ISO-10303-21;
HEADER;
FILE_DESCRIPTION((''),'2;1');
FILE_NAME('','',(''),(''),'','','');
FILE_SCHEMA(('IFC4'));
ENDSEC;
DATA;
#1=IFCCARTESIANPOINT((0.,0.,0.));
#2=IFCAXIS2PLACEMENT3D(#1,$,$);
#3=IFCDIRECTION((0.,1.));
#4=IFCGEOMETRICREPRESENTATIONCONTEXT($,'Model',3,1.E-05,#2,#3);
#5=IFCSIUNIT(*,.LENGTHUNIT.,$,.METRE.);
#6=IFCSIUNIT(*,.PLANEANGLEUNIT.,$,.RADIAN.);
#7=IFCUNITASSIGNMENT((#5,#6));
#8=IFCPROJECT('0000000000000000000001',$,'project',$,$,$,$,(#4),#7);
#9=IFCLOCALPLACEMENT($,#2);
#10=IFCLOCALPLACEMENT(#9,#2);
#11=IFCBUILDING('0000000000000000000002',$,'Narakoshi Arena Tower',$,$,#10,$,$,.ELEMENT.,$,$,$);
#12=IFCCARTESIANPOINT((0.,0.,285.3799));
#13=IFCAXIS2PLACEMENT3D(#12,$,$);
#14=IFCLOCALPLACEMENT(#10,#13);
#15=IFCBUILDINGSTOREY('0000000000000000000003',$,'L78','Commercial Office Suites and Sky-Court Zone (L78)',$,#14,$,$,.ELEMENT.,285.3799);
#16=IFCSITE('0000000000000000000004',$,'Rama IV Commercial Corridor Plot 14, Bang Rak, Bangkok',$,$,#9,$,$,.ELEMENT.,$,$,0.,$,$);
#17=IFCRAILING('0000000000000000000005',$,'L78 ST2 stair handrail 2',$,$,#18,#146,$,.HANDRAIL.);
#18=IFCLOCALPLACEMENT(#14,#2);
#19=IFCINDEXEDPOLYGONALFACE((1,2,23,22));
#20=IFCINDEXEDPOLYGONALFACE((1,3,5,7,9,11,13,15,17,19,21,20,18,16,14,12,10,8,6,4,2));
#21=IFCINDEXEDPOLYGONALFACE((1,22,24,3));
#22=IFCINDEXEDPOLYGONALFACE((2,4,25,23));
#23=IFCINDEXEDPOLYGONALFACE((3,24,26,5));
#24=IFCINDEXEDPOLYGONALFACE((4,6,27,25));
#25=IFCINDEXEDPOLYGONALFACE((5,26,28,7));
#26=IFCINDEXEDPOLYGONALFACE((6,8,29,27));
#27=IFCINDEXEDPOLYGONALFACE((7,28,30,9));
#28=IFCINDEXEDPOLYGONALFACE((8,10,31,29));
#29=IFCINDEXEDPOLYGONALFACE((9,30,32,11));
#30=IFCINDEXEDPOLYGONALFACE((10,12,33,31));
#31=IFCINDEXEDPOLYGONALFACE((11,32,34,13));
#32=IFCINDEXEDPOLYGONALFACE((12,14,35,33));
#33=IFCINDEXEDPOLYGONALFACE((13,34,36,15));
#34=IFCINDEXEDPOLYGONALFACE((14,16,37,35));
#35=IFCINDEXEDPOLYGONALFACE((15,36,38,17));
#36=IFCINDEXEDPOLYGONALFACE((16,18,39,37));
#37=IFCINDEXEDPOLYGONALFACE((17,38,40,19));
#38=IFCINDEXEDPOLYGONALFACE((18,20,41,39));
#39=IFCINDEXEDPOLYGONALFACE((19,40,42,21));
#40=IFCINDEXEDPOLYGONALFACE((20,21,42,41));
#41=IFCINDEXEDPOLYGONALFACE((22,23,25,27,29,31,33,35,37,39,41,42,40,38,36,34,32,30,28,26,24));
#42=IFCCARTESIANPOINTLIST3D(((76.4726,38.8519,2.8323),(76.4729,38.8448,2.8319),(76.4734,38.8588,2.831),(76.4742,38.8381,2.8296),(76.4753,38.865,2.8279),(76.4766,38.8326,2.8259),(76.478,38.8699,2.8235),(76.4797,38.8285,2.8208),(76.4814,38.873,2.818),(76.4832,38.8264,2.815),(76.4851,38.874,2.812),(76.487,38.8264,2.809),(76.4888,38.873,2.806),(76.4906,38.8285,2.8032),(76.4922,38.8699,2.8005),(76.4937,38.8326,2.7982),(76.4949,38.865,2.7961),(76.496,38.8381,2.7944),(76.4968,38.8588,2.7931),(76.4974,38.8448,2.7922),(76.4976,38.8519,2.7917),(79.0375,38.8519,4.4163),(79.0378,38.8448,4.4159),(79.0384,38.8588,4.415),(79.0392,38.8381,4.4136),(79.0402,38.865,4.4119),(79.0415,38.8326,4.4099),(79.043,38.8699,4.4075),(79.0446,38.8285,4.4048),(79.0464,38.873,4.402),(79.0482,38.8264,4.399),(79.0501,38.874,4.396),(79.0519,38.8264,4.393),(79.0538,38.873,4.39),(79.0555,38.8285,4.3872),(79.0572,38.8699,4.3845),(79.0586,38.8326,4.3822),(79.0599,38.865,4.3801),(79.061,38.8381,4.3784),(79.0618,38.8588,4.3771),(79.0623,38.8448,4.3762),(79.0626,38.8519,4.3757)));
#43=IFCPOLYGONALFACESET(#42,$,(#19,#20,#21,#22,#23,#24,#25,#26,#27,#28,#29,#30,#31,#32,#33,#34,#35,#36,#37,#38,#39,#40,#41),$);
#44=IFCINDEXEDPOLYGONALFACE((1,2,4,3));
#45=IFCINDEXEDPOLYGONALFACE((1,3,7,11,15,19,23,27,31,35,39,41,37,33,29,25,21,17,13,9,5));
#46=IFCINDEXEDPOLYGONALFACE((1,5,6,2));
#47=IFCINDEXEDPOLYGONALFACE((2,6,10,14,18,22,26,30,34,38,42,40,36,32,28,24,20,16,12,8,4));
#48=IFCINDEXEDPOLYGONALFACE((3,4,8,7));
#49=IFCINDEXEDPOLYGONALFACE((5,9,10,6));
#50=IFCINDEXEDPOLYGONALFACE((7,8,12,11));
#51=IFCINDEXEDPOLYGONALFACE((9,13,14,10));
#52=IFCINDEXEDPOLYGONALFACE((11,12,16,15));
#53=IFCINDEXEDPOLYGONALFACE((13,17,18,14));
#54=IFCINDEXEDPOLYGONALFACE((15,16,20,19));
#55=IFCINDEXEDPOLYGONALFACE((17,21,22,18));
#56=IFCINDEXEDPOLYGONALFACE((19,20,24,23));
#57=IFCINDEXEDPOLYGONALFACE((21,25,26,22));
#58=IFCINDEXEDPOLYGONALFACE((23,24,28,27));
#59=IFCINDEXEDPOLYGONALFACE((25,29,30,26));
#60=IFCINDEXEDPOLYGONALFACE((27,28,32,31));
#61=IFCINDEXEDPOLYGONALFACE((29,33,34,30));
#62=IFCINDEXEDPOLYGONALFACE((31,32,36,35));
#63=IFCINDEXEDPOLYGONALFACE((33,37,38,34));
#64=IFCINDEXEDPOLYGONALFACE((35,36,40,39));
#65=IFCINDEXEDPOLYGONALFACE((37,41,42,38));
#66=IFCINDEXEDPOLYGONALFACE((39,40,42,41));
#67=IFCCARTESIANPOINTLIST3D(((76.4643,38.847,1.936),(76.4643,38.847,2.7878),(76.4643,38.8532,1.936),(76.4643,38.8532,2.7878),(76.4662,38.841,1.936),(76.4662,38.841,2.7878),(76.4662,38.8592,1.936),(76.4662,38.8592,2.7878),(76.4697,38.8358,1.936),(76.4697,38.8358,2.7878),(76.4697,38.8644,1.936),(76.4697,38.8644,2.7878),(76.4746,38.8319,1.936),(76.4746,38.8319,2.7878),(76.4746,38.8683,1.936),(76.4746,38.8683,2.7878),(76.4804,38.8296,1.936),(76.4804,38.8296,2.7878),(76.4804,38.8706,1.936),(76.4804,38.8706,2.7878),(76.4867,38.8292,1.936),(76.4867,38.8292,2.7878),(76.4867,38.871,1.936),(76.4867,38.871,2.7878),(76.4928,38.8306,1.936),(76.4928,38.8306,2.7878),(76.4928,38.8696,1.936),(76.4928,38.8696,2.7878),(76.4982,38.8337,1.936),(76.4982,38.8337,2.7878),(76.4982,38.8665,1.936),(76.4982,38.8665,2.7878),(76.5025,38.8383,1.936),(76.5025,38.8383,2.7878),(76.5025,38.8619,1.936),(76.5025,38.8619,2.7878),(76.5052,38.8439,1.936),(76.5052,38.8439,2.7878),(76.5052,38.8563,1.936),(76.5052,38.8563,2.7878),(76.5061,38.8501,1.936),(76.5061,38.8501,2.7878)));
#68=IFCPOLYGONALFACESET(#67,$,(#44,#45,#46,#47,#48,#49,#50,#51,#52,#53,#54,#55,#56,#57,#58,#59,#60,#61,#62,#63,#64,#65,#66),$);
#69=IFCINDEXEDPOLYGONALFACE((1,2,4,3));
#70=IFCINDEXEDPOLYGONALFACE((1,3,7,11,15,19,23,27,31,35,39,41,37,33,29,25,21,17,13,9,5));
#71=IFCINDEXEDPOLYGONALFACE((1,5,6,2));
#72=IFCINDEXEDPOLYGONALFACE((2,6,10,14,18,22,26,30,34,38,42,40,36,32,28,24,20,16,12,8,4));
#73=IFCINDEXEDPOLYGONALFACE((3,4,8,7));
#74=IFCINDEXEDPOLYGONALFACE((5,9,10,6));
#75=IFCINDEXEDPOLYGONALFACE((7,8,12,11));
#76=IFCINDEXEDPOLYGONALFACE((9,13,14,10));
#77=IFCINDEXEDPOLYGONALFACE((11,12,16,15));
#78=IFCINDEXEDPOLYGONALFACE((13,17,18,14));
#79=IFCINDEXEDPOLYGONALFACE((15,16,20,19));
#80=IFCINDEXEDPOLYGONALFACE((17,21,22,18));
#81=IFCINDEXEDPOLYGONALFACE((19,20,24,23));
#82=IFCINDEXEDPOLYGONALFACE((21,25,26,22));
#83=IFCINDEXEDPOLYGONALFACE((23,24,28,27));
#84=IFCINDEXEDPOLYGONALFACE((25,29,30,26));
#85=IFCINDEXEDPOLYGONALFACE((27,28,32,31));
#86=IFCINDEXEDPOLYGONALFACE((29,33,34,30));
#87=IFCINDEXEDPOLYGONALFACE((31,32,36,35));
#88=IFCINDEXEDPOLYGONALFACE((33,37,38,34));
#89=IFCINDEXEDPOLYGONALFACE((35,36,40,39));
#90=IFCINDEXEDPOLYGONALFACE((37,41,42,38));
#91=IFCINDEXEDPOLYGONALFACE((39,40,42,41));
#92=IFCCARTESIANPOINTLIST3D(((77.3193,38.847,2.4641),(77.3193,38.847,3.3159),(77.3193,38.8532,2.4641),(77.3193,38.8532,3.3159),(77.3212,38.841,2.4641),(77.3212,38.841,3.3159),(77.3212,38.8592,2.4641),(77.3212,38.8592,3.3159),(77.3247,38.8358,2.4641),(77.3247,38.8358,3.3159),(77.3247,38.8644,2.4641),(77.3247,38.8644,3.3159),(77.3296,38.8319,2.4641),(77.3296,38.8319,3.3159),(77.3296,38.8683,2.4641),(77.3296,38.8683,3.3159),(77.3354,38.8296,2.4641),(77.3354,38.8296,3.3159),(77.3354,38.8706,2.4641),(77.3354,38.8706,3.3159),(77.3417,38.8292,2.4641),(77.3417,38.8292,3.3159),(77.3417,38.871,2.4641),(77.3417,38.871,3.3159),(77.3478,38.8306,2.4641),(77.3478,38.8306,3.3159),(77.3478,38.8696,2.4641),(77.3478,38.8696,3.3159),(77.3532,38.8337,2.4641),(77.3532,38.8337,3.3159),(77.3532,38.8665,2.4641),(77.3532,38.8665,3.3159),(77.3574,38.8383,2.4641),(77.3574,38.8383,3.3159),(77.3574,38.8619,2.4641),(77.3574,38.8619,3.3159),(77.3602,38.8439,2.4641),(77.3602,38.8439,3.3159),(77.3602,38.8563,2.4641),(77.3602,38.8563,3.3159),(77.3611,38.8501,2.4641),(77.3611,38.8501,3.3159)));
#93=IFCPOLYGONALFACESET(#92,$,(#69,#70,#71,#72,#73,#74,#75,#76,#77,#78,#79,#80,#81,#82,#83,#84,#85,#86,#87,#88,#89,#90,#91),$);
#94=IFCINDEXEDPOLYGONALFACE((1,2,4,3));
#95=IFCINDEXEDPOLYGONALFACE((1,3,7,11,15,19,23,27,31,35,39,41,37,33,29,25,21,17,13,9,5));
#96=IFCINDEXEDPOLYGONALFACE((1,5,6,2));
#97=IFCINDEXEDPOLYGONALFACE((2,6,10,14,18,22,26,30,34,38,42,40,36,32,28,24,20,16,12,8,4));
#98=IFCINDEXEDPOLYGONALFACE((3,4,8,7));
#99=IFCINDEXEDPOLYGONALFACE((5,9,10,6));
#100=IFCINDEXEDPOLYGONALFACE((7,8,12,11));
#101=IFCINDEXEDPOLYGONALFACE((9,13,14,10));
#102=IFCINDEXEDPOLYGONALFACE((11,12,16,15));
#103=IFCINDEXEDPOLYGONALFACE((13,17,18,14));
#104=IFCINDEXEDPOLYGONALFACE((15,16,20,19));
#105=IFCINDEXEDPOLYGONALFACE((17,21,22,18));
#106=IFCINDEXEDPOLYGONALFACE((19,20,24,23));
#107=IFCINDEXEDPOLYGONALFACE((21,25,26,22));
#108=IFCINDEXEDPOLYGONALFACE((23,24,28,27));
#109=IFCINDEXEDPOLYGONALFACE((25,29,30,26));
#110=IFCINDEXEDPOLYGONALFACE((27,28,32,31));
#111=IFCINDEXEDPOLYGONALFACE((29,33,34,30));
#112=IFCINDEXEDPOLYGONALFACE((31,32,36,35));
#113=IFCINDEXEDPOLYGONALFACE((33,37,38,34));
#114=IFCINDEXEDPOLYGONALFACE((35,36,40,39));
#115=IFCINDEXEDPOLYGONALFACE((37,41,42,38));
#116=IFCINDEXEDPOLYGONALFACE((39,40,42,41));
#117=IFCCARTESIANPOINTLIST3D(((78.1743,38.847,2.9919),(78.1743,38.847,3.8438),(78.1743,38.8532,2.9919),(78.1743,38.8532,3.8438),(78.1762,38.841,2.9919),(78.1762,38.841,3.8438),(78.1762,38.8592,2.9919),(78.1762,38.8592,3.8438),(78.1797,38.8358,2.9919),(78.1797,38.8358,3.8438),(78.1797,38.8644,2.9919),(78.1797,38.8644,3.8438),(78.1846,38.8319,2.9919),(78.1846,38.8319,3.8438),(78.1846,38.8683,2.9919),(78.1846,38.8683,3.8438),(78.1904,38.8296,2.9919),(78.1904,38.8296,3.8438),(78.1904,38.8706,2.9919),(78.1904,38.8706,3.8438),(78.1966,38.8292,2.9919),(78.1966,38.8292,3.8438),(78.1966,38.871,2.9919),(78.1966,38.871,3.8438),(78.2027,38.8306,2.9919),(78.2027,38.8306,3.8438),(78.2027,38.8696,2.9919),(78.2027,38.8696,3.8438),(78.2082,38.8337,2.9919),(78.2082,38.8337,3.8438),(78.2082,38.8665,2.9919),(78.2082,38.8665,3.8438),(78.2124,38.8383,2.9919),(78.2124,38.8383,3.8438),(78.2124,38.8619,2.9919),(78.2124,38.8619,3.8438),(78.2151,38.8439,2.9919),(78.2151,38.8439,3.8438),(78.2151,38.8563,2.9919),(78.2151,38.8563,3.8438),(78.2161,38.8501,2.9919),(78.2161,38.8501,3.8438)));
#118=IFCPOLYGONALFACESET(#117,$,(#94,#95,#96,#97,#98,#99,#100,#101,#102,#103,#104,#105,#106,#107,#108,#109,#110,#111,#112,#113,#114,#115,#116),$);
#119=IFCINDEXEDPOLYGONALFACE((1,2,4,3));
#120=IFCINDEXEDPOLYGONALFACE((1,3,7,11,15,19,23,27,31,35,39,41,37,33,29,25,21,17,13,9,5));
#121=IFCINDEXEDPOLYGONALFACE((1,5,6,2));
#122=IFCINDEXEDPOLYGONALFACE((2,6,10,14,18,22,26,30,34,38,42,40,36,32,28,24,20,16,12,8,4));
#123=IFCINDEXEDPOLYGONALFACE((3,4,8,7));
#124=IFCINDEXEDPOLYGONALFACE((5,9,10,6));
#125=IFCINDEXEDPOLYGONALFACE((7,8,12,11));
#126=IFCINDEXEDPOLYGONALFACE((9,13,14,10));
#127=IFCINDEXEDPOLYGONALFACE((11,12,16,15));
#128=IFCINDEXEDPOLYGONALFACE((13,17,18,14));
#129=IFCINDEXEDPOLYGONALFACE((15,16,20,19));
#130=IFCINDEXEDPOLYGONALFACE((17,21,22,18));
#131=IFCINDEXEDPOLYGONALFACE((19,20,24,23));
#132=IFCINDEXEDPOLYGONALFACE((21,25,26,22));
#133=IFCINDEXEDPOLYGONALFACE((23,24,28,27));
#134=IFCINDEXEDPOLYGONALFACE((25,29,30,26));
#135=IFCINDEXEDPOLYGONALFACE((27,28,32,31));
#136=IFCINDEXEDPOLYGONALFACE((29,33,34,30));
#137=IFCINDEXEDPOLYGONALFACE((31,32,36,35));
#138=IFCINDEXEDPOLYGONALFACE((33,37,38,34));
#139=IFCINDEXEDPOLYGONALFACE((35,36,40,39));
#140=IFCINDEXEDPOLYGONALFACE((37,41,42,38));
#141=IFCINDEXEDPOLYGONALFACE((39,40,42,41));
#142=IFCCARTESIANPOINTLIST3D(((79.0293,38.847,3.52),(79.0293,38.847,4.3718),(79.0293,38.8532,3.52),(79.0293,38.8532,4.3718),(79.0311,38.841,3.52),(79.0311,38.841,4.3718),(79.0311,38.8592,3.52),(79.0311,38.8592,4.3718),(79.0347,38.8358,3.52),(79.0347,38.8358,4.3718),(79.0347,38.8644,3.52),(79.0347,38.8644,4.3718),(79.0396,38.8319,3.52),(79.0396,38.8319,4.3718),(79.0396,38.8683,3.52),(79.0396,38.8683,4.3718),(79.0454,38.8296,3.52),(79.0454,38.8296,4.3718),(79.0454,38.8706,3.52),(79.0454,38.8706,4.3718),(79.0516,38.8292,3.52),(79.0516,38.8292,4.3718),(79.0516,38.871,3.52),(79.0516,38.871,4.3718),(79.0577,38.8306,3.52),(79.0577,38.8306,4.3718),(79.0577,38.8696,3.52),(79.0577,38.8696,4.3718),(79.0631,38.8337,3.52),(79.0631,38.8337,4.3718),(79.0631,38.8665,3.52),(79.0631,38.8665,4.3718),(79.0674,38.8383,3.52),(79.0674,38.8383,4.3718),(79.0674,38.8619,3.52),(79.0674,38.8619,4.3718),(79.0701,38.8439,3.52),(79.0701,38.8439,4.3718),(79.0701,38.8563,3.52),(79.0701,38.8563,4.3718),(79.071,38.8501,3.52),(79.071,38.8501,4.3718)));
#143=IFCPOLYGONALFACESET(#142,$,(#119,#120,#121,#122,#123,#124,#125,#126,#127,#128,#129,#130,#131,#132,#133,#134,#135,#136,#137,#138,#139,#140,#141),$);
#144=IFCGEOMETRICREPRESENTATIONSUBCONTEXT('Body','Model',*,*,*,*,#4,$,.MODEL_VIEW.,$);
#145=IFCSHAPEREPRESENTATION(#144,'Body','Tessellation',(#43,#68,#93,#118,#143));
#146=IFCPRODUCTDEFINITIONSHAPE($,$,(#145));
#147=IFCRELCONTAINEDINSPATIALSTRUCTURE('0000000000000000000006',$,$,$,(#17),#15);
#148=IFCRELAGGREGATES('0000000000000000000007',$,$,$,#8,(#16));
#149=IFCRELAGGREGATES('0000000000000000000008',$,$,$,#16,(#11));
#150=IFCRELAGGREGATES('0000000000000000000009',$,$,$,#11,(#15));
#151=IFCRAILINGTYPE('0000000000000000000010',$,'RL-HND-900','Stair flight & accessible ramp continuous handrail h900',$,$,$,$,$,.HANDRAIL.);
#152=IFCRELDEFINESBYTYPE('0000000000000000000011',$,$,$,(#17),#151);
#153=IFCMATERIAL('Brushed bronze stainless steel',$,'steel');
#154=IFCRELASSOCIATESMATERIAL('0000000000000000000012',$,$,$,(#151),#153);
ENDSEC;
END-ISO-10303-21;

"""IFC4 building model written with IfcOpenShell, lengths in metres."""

from ifc_helpers import new_model, si_unit, direction, frame, origin, origin_2d, place, context, subcontext, project, spatial, circle, extrude, material, type_object, element, save


model = new_model("IFC4")

# Units and contexts
model_context = context("Model", 3, precision=1e-05, world=origin(), true_north=direction((0.0, 1.0)))
body_context = subcontext(model_context, "Body", "Model", "MODEL_VIEW")
ifc_project = project(units=[si_unit("LENGTHUNIT", "METRE"), si_unit("PLANEANGLEUNIT", "RADIAN")], contexts=[model_context])

# Site, building, storey
site_placement = place(None, origin())
site = spatial("IfcSite", under=ifc_project, at=site_placement, Name="Rama IV Commercial Corridor Plot 14, Bang Rak, Bangkok", CompositionType="ELEMENT", RefElevation=0.0)
building_placement = place(site_placement, origin())
building = spatial("IfcBuilding", under=site, at=building_placement, Name="Narakoshi Arena Tower", CompositionType="ELEMENT")
storey_placement = place(building_placement, frame((0.0, 0.0, 285.3799)))
storey = spatial("IfcBuildingStorey", under=building, at=storey_placement, Name="L78", Description="Commercial Office Suites and Sky-Court Zone (L78)", CompositionType="ELEMENT", Elevation=285.3799)

# Railing
ifc_material_1 = material(Name="Brushed bronze stainless steel", Category="steel")
railing_type_1 = type_object("IfcRailingType", Name="RL-HND-900", Description="Stair flight & accessible ramp continuous handrail h900", PredefinedType="HANDRAIL", material=ifc_material_1)
railing_1_placement = place(storey_placement, frame((76.4851, 38.8501, 1.936)))
element("IfcRailing", 1, at=railing_1_placement, inside=storey, type_object=railing_type_1, Name="L78 ST2 stair handrail 2", PredefinedType="HANDRAIL", context=body_context, shape_type="SweptSolid", body=[
    extrude(circle(Radius=0.0239, at=origin_2d()), frame((0.0, 0.0, 0.876), z_axis=(0.850834, 0.0, 0.525434), x_axis=(0.0, 1.0, 0.0)), (0.0, 0.0, 1.0), 3.0146),
    extrude(circle(Radius=0.021, at=origin_2d()), origin(), (0.0, 0.0, 1.0), 0.8518),
    extrude(circle(Radius=0.021, at=origin_2d()), frame((0.855, 0.0, 0.5281)), (0.0, 0.0, 1.0), 0.8518),
    extrude(circle(Radius=0.021, at=origin_2d()), frame((1.71, 0.0, 1.0559)), (0.0, 0.0, 1.0), 0.8518),
    extrude(circle(Radius=0.021, at=origin_2d()), frame((2.5649, 0.0, 1.584)), (0.0, 0.0, 1.0), 0.8518),
])

save(model, "model.ifc")
